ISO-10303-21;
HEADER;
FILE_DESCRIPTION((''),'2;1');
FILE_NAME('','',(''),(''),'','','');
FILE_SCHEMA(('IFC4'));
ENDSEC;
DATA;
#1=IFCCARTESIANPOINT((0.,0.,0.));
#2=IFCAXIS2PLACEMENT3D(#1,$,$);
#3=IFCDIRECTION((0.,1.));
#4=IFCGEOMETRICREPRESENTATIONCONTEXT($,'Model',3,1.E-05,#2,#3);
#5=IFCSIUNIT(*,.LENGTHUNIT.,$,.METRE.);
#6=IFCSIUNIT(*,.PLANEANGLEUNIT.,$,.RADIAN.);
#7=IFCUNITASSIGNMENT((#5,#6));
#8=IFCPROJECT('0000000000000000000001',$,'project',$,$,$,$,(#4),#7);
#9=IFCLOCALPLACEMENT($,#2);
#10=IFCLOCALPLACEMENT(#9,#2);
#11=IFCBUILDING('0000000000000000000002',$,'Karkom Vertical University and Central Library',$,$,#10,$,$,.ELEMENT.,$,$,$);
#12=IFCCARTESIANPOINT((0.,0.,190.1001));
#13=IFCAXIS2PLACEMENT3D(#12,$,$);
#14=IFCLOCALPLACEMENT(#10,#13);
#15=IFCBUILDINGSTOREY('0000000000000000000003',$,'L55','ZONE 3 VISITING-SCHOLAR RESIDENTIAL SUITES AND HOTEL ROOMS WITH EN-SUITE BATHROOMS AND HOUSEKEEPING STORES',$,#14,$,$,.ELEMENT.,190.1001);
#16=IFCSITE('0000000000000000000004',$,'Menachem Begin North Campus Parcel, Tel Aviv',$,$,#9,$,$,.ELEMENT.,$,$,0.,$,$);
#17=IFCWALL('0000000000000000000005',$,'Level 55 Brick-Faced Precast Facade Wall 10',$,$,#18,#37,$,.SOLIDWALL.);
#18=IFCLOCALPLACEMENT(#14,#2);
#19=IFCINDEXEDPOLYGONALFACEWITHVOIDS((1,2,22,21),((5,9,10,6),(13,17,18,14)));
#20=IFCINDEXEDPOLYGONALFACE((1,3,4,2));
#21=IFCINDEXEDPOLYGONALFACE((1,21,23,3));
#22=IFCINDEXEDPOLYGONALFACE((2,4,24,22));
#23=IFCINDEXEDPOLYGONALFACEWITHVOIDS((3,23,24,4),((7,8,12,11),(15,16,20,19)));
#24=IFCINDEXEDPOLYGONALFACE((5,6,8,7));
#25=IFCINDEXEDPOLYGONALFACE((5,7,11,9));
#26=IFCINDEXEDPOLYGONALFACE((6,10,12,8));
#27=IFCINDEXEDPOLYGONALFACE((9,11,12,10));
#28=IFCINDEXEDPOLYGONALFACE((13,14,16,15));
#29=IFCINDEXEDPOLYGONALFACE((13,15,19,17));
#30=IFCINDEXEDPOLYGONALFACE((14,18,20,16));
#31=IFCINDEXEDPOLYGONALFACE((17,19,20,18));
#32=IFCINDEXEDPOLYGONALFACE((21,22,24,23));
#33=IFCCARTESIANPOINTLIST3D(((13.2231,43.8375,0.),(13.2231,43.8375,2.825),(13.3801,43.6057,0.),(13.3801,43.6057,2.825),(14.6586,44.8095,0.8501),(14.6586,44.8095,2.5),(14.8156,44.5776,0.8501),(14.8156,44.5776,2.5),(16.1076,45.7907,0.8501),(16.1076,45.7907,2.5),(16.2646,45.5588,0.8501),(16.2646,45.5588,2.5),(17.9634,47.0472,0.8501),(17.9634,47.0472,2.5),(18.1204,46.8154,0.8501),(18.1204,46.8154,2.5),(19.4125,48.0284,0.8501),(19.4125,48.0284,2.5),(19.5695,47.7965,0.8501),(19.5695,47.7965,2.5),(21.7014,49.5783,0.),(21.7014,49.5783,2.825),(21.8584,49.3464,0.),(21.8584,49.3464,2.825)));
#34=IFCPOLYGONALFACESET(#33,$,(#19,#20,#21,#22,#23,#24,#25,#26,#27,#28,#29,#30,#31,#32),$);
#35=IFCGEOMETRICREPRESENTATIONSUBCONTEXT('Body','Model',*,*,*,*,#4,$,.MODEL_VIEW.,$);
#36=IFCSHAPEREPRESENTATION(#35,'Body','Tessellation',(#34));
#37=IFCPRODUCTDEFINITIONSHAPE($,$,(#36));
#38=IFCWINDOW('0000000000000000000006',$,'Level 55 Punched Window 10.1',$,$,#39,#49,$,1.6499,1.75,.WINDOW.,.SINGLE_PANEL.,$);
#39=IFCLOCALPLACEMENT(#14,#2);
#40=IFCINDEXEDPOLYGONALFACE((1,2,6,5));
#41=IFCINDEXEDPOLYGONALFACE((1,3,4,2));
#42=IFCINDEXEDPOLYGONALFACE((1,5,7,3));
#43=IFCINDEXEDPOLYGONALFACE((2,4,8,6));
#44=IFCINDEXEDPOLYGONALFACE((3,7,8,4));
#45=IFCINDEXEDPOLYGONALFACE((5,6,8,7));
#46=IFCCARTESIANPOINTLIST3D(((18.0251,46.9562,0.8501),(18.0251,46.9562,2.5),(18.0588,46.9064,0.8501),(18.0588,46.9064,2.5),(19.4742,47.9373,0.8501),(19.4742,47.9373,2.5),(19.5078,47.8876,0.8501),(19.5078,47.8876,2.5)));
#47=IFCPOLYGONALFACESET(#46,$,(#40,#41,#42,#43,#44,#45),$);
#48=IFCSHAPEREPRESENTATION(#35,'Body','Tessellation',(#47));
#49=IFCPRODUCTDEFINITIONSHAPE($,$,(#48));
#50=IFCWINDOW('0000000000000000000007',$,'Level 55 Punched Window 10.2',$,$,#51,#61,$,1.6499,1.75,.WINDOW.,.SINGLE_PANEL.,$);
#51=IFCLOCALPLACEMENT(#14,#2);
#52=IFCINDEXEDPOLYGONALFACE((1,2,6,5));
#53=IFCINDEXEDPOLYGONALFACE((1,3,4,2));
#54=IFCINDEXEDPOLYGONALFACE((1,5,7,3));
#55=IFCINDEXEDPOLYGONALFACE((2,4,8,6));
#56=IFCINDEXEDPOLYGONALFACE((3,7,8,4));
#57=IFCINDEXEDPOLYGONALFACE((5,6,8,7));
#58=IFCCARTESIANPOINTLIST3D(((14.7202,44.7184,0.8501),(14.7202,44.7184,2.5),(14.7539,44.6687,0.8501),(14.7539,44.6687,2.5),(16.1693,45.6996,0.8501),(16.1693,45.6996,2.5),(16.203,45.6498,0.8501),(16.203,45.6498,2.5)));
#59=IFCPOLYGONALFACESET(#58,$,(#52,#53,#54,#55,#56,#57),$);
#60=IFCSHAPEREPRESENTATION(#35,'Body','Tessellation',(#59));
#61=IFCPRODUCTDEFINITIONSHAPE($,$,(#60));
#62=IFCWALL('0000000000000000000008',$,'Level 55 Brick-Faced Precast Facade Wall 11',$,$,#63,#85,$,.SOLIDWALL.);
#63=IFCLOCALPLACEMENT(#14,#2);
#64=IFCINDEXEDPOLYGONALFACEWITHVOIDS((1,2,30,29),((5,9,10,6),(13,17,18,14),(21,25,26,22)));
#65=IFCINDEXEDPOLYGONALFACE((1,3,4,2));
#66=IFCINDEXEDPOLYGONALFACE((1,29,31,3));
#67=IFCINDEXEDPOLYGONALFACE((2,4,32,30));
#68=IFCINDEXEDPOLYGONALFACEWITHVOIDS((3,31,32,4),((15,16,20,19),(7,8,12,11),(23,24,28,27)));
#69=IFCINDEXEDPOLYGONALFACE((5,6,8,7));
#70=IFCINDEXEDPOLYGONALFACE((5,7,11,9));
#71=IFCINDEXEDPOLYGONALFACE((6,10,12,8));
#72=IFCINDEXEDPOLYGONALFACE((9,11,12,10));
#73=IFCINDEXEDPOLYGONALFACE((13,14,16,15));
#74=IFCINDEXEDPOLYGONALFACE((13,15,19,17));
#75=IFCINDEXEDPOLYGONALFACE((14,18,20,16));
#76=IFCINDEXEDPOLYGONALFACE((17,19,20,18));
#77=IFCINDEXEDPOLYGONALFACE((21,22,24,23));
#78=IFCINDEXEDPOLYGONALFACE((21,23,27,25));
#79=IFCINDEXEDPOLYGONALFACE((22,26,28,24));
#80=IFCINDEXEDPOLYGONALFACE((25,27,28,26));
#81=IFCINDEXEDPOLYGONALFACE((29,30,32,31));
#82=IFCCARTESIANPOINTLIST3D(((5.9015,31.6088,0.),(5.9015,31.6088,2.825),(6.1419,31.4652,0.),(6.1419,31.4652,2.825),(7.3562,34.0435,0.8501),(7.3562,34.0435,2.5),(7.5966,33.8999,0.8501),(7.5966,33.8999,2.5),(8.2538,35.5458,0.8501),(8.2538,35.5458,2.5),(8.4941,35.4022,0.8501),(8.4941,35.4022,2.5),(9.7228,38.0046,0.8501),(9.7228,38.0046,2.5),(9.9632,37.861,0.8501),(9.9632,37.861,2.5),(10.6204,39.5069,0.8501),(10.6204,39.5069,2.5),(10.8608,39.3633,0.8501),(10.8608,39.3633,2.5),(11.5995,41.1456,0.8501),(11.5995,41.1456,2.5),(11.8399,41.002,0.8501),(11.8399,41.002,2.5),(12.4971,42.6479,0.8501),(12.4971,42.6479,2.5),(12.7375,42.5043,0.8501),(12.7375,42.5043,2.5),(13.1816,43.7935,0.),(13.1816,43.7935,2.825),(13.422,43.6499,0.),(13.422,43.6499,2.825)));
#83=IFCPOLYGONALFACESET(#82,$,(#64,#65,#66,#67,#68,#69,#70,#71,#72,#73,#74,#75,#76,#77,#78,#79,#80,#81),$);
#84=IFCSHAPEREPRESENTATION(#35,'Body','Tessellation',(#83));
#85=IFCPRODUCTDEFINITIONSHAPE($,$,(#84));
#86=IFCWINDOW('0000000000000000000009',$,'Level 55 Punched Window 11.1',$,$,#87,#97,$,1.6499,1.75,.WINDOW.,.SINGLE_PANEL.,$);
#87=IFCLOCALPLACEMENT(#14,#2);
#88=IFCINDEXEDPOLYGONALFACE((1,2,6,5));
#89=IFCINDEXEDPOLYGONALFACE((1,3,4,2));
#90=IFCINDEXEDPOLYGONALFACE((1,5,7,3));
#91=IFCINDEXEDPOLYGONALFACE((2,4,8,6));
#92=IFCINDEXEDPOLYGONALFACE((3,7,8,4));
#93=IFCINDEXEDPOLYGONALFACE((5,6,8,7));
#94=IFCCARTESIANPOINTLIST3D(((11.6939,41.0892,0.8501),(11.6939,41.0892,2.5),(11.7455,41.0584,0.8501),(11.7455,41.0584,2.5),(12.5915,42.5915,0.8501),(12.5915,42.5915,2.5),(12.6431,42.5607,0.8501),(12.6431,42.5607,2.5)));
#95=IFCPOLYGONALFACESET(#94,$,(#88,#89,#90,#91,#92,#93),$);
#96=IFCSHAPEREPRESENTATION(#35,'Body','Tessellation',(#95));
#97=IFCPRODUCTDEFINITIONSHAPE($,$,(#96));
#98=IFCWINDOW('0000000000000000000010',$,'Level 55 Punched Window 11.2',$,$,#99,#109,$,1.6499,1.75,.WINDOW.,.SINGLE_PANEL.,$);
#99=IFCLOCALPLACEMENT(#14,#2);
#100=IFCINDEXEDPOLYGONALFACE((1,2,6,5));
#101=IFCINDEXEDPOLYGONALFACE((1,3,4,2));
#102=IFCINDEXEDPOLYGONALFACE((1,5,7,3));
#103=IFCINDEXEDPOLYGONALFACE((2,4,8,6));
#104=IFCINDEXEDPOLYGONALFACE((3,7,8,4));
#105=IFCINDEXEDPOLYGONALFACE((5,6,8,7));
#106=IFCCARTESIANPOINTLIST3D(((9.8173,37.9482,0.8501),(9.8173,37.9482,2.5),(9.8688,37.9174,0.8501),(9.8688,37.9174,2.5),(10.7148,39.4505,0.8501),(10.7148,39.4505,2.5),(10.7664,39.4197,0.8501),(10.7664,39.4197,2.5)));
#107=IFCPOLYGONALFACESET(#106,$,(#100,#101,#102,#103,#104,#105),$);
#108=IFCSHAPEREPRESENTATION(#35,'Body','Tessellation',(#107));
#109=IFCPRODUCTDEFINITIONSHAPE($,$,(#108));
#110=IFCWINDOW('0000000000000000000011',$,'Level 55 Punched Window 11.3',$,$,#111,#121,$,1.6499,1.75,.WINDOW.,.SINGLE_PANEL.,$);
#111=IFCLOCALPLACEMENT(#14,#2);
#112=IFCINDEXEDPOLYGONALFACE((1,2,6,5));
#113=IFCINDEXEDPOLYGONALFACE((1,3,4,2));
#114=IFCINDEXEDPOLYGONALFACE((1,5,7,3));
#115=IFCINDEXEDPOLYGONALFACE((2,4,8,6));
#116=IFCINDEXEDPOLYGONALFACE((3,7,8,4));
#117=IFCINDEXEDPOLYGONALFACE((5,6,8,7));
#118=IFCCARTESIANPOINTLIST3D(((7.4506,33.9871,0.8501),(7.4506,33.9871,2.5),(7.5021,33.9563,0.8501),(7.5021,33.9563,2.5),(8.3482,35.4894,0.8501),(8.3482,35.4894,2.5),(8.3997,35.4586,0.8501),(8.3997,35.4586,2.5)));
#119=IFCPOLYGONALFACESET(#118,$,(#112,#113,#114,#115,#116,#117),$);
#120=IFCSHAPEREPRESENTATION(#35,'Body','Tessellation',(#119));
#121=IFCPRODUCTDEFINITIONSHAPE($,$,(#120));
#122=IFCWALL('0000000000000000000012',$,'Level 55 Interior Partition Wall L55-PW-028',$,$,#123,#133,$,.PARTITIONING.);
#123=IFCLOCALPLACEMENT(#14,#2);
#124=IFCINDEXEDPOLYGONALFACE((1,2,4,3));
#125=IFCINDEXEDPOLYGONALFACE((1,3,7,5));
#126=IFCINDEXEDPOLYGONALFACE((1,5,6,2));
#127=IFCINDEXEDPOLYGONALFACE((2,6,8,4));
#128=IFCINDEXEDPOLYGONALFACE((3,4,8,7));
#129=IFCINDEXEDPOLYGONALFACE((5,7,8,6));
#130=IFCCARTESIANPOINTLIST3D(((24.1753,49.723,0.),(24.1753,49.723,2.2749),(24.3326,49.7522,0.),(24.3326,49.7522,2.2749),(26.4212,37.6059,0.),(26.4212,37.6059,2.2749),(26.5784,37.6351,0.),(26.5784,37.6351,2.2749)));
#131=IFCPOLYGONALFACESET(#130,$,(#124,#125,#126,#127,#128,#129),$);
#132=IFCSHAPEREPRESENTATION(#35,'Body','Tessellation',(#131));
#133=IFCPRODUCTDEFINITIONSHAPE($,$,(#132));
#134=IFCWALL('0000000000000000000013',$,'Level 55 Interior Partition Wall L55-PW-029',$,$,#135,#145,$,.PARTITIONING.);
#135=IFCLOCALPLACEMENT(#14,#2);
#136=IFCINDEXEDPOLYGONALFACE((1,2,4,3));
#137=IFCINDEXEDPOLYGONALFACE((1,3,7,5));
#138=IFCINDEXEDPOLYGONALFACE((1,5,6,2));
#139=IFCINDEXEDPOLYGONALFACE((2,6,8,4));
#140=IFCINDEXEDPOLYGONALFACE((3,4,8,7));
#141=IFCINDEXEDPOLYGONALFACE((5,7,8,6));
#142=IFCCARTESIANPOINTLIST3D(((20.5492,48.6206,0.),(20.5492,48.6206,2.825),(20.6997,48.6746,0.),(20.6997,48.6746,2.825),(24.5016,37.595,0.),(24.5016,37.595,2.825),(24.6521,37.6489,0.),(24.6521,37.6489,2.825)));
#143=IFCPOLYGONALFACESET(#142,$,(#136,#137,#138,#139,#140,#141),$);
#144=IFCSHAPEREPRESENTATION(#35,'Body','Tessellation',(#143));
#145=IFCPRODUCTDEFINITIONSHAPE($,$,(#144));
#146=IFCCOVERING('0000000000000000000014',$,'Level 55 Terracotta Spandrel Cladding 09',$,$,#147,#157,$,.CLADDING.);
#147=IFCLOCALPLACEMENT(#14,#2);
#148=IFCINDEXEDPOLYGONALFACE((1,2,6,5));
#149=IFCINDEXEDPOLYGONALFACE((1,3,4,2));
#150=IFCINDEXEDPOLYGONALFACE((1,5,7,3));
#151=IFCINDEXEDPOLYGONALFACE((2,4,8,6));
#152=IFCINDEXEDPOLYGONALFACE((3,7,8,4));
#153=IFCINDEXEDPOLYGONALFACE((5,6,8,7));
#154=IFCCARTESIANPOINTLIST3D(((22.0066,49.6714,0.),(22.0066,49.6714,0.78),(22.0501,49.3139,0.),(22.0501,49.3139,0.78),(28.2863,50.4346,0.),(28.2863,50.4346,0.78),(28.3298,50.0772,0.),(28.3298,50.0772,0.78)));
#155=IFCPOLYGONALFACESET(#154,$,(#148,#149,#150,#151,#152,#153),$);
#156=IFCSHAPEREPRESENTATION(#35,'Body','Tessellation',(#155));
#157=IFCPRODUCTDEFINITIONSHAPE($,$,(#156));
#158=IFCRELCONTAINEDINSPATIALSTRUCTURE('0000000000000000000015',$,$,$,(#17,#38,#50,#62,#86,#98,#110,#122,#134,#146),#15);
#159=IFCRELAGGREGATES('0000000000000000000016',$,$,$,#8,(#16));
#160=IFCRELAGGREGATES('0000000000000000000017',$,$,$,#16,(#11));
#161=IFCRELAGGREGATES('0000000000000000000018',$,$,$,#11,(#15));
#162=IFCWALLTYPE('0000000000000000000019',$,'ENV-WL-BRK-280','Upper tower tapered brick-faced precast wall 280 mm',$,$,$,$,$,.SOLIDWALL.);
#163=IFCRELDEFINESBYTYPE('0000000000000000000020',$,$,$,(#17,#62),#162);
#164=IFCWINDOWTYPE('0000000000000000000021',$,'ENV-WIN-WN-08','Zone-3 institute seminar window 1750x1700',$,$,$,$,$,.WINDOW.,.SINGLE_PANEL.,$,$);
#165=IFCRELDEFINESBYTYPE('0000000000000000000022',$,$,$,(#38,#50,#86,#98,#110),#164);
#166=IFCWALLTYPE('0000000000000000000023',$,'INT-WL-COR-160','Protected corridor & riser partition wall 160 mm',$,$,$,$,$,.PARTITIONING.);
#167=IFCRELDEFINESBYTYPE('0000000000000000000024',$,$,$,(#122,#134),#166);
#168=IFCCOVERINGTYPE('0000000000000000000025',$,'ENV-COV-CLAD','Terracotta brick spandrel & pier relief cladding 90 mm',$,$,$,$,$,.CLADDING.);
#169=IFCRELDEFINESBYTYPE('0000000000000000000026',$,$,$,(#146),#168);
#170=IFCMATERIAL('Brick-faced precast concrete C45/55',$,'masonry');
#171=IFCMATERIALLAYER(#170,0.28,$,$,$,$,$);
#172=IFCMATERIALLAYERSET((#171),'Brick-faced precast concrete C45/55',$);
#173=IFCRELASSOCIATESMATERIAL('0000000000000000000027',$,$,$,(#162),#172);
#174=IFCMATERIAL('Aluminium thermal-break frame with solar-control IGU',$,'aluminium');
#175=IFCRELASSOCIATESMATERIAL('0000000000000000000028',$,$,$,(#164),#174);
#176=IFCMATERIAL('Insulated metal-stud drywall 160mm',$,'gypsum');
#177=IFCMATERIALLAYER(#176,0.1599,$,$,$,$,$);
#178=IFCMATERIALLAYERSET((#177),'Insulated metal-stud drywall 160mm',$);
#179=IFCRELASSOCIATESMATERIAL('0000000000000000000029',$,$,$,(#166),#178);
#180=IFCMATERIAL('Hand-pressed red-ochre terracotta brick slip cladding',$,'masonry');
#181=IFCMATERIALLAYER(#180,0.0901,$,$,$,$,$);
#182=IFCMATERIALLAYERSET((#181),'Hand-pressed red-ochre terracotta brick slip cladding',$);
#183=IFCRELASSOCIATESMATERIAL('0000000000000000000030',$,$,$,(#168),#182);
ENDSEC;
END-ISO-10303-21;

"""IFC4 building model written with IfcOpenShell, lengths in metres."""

from ifc_helpers import new_model, si_unit, direction, frame, frame_2d, origin, origin_with_axes, origin_2d, place, context, subcontext, project, spatial, rectangle, extrude, source, transform, mapped, material, layer, layer_set, type_object, element, fill, save


model = new_model("IFC4")

# Units and contexts
model_context = context("Model", 3, precision=1e-05, world=origin(), true_north=direction((0.0, 1.0)))
body_context = subcontext(model_context, "Body", "Model", "MODEL_VIEW")
ifc_project = project(units=[si_unit("LENGTHUNIT", "METRE"), si_unit("PLANEANGLEUNIT", "RADIAN")], contexts=[model_context])

# Site, building, storey
site_placement = place(None, origin())
site = spatial("IfcSite", under=ifc_project, at=site_placement, Name="Menachem Begin North Campus Parcel, Tel Aviv", CompositionType="ELEMENT", RefElevation=0.0)
building_placement = place(site_placement, origin())
building = spatial("IfcBuilding", under=site, at=building_placement, Name="Karkom Vertical University and Central Library", CompositionType="ELEMENT")
storey_placement = place(building_placement, frame((0.0, 0.0, 190.1001)))
storey = spatial("IfcBuildingStorey", under=building, at=storey_placement, Name="L55", Description="ZONE 3 VISITING-SCHOLAR RESIDENTIAL SUITES AND HOTEL ROOMS WITH EN-SUITE BATHROOMS AND HOUSEKEEPING STORES", CompositionType="ELEMENT", Elevation=190.1001)

# Walls, openings, windows
ifc_material_1 = material(Name="Brick-faced precast concrete C45/55", Category="masonry")
ifc_layer_1 = layer(ifc_material_1, 0.28)
ifc_layer_set_1 = layer_set([ifc_layer_1], Name="Brick-faced precast concrete C45/55")
wall_type_1 = type_object("IfcWallType", Name="ENV-WL-BRK-280", Description="Upper tower tapered brick-faced precast wall 280 mm", PredefinedType="SOLIDWALL", material=ifc_layer_set_1)
wall_1_placement = place(storey_placement, frame((21.78, 49.4624, 0.0), z_axis=(0.0, 0.0, 1.0), x_axis=(-0.828038, -0.560673, 0.0)))
wall_1 = element("IfcWall", 1, at=wall_1_placement, inside=storey, type_object=wall_type_1, Name="Level 55 Brick-Faced Precast Facade Wall 10", PredefinedType="SOLIDWALL", context=body_context, shape_type="SweptSolid", body=[
    extrude(rectangle(XDim=10.239, YDim=0.28, at=frame_2d((5.1196, 0.0))), origin(), (0.0, 0.0, 1.0), 2.825),
])
opening_1_placement = place(wall_1_placement, frame((2.7644, 0.0, 0.8501)))
opening_1 = element("IfcOpeningElement", 2, at=opening_1_placement, cuts=wall_1, PredefinedType="OPENING", context=body_context, shape_type="SweptSolid", body=[
    extrude(rectangle(XDim=1.75, YDim=1.6499, at=frame_2d((0.875, 0.825))), frame((0.0, 0.1499, 0.0), z_axis=(0.0, -1.0, 0.0), x_axis=(1.0, 0.0, 0.0)), (0.0, 0.0, 1.0), 0.3),
])
opening_2_placement = place(wall_1_placement, frame((6.7556, 0.0, 0.8501)))
opening_2 = element("IfcOpeningElement", 3, at=opening_2_placement, cuts=wall_1, PredefinedType="OPENING", context=body_context, shape_type="SweptSolid", body=[
    extrude(rectangle(XDim=1.75, YDim=1.6499, at=frame_2d((0.875, 0.825))), frame((0.0, 0.1499, 0.0), z_axis=(0.0, -1.0, 0.0), x_axis=(1.0, 0.0, 0.0)), (0.0, 0.0, 1.0), 0.3),
])
ifc_material_2 = material(Name="Aluminium thermal-break frame with solar-control IGU", Category="aluminium")
window_type = type_object("IfcWindowType", Name="ENV-WIN-WN-08", Description="Zone-3 institute seminar window 1750x1700", PartitioningType="SINGLE_PANEL", PredefinedType="WINDOW", material=ifc_material_2)
shared_shape_1 = source(origin_with_axes(), body_context, "Body", "SweptSolid", [
    extrude(rectangle(XDim=1.75, YDim=1.6499, at=frame_2d((0.875, 0.825))), frame((0.0, 0.03, 0.0), z_axis=(0.0, -1.0, 0.0), x_axis=(1.0, 0.0, 0.0)), (0.0, 0.0, 1.0), 0.0601),
])
window_1_placement = place(opening_1_placement, origin())
window_1 = element("IfcWindow", 4, at=window_1_placement, inside=storey, type_object=window_type, Name="Level 55 Punched Window 10.1", OverallHeight=1.6499, OverallWidth=1.75, PartitioningType="SINGLE_PANEL", PredefinedType="WINDOW", context=body_context, shape_type="MappedRepresentation", body=[
    mapped(shared_shape_1, transform((0.0, 0.0, 0.0), scale=1.0)),
])
fill(opening_1, window_1)
window_2_placement = place(opening_2_placement, origin())
window_2 = element("IfcWindow", 5, at=window_2_placement, inside=storey, type_object=window_type, Name="Level 55 Punched Window 10.2", OverallHeight=1.6499, OverallWidth=1.75, PartitioningType="SINGLE_PANEL", PredefinedType="WINDOW", context=body_context, shape_type="MappedRepresentation", body=[
    mapped(shared_shape_1, transform((0.0, 0.0, 0.0), scale=1.0)),
])
fill(opening_2, window_2)
wall_2_placement = place(storey_placement, frame((13.3018, 43.7217, 0.0), z_axis=(0.0, 0.0, 1.0), x_axis=(-0.512904, -0.858446, 0.0)))
wall_2 = element("IfcWall", 6, at=wall_2_placement, inside=storey, type_object=wall_type_1, Name="Level 55 Brick-Faced Precast Facade Wall 11", PredefinedType="SOLIDWALL", context=body_context, shape_type="SweptSolid", body=[
    extrude(rectangle(XDim=14.1938, YDim=0.28, at=frame_2d((7.0969, 0.0))), origin(), (0.0, 0.0, 1.0), 2.825),
])
opening_3_placement = place(wall_2_placement, frame((1.3345, 0.0, 0.8501)))
opening_3 = element("IfcOpeningElement", 7, at=opening_3_placement, cuts=wall_2, PredefinedType="OPENING", context=body_context, shape_type="SweptSolid", body=[
    extrude(rectangle(XDim=1.75, YDim=1.6499, at=frame_2d((0.875, 0.825))), frame((0.0, 0.1499, 0.0), z_axis=(0.0, -1.0, 0.0), x_axis=(1.0, 0.0, 0.0)), (0.0, 0.0, 1.0), 0.3),
])
opening_4_placement = place(wall_2_placement, frame((4.9934, 0.0, 0.8501)))
opening_4 = element("IfcOpeningElement", 8, at=opening_4_placement, cuts=wall_2, PredefinedType="OPENING", context=body_context, shape_type="SweptSolid", body=[
    extrude(rectangle(XDim=1.75, YDim=1.6499, at=frame_2d((0.875, 0.825))), frame((0.0, 0.1499, 0.0), z_axis=(0.0, -1.0, 0.0), x_axis=(1.0, 0.0, 0.0)), (0.0, 0.0, 1.0), 0.3),
])
opening_5_placement = place(wall_2_placement, frame((9.6077, 0.0, 0.8501)))
opening_5 = element("IfcOpeningElement", 9, at=opening_5_placement, cuts=wall_2, PredefinedType="OPENING", context=body_context, shape_type="SweptSolid", body=[
    extrude(rectangle(XDim=1.75, YDim=1.6499, at=frame_2d((0.875, 0.825))), frame((0.0, 0.1499, 0.0), z_axis=(0.0, -1.0, 0.0), x_axis=(1.0, 0.0, 0.0)), (0.0, 0.0, 1.0), 0.3),
])
window_3_placement = place(opening_3_placement, origin())
window_3 = element("IfcWindow", 10, at=window_3_placement, inside=storey, type_object=window_type, Name="Level 55 Punched Window 11.1", OverallHeight=1.6499, OverallWidth=1.75, PartitioningType="SINGLE_PANEL", PredefinedType="WINDOW", context=body_context, shape_type="MappedRepresentation", body=[
    mapped(shared_shape_1, transform((0.0, 0.0, 0.0), scale=1.0)),
])
fill(opening_3, window_3)
window_4_placement = place(opening_4_placement, origin())
window_4 = element("IfcWindow", 11, at=window_4_placement, inside=storey, type_object=window_type, Name="Level 55 Punched Window 11.2", OverallHeight=1.6499, OverallWidth=1.75, PartitioningType="SINGLE_PANEL", PredefinedType="WINDOW", context=body_context, shape_type="MappedRepresentation", body=[
    mapped(shared_shape_1, transform((0.0, 0.0, 0.0), scale=1.0)),
])
fill(opening_4, window_4)
window_5_placement = place(opening_5_placement, origin())
window_5 = element("IfcWindow", 12, at=window_5_placement, inside=storey, type_object=window_type, Name="Level 55 Punched Window 11.3", OverallHeight=1.6499, OverallWidth=1.75, PartitioningType="SINGLE_PANEL", PredefinedType="WINDOW", context=body_context, shape_type="MappedRepresentation", body=[
    mapped(shared_shape_1, transform((0.0, 0.0, 0.0), scale=1.0)),
])
fill(opening_5, window_5)

# Shared definitions
ifc_material_3 = material(Name="Insulated metal-stud drywall 160mm", Category="gypsum")
ifc_layer_2 = layer(ifc_material_3, 0.1599)
ifc_layer_set_2 = layer_set([ifc_layer_2], Name="Insulated metal-stud drywall 160mm")
wall_type_2 = type_object("IfcWallType", Name="INT-WL-COR-160", Description="Protected corridor & riser partition wall 160 mm", PredefinedType="PARTITIONING", material=ifc_layer_set_2)

# Walls
wall_3_placement = place(storey_placement, frame((26.4998, 37.6206, 0.0), z_axis=(0.0, 0.0, 1.0), x_axis=(-0.18224, 0.983254, 0.0)))
element("IfcWall", 13, at=wall_3_placement, inside=storey, type_object=wall_type_2, Name="Level 55 Interior Partition Wall L55-PW-028", PredefinedType="PARTITIONING", context=body_context, shape_type="SweptSolid", body=[
    extrude(rectangle(XDim=12.3235, YDim=0.1599, at=frame_2d((6.1616, 0.0))), origin(), (0.0, 0.0, 1.0), 2.2749),
])
wall_4_placement = place(storey_placement, frame((24.5769, 37.6218, 0.0), z_axis=(0.0, 0.0, 1.0), x_axis=(-0.337447, 0.941345, 0.0)))
element("IfcWall", 14, at=wall_4_placement, inside=storey, type_object=wall_type_2, Name="Level 55 Interior Partition Wall L55-PW-029", PredefinedType="PARTITIONING", context=body_context, shape_type="SweptSolid", body=[
    extrude(rectangle(XDim=11.7126, YDim=0.1599, at=frame_2d((5.8564, 0.0))), origin(), (0.0, 0.0, 1.0), 2.825),
])

# Covering
ifc_material_4 = material(Name="Hand-pressed red-ochre terracotta brick slip cladding", Category="masonry")
ifc_layer_3 = layer(ifc_material_4, 0.0901)
ifc_layer_set_3 = layer_set([ifc_layer_3], Name="Hand-pressed red-ochre terracotta brick slip cladding")
covering_type = type_object("IfcCoveringType", Name="ENV-COV-CLAD", Description="Terracotta brick spandrel & pier relief cladding 90 mm", PredefinedType="CLADDING", material=ifc_layer_set_3)
shared_shape_2 = source(origin_with_axes(), body_context, "Body", "SweptSolid", [
    extrude(rectangle(XDim=6.3259, YDim=0.3601, at=origin_2d()), origin(), (0.0, 0.0, 1.0), 0.78),
])
covering_placement = place(storey_placement, frame((25.1682, 49.8743, 0.0), z_axis=(0.0, 0.0, 1.0), x_axis=(-0.992694, -0.120657, 0.0)))
element("IfcCovering", 15, at=covering_placement, inside=storey, type_object=covering_type, Name="Level 55 Terracotta Spandrel Cladding 09", PredefinedType="CLADDING", context=body_context, shape_type="MappedRepresentation", body=[
    mapped(shared_shape_2, transform((0.0, 0.0, 0.0), scale=1.0)),
])

save(model, "model.ifc")
